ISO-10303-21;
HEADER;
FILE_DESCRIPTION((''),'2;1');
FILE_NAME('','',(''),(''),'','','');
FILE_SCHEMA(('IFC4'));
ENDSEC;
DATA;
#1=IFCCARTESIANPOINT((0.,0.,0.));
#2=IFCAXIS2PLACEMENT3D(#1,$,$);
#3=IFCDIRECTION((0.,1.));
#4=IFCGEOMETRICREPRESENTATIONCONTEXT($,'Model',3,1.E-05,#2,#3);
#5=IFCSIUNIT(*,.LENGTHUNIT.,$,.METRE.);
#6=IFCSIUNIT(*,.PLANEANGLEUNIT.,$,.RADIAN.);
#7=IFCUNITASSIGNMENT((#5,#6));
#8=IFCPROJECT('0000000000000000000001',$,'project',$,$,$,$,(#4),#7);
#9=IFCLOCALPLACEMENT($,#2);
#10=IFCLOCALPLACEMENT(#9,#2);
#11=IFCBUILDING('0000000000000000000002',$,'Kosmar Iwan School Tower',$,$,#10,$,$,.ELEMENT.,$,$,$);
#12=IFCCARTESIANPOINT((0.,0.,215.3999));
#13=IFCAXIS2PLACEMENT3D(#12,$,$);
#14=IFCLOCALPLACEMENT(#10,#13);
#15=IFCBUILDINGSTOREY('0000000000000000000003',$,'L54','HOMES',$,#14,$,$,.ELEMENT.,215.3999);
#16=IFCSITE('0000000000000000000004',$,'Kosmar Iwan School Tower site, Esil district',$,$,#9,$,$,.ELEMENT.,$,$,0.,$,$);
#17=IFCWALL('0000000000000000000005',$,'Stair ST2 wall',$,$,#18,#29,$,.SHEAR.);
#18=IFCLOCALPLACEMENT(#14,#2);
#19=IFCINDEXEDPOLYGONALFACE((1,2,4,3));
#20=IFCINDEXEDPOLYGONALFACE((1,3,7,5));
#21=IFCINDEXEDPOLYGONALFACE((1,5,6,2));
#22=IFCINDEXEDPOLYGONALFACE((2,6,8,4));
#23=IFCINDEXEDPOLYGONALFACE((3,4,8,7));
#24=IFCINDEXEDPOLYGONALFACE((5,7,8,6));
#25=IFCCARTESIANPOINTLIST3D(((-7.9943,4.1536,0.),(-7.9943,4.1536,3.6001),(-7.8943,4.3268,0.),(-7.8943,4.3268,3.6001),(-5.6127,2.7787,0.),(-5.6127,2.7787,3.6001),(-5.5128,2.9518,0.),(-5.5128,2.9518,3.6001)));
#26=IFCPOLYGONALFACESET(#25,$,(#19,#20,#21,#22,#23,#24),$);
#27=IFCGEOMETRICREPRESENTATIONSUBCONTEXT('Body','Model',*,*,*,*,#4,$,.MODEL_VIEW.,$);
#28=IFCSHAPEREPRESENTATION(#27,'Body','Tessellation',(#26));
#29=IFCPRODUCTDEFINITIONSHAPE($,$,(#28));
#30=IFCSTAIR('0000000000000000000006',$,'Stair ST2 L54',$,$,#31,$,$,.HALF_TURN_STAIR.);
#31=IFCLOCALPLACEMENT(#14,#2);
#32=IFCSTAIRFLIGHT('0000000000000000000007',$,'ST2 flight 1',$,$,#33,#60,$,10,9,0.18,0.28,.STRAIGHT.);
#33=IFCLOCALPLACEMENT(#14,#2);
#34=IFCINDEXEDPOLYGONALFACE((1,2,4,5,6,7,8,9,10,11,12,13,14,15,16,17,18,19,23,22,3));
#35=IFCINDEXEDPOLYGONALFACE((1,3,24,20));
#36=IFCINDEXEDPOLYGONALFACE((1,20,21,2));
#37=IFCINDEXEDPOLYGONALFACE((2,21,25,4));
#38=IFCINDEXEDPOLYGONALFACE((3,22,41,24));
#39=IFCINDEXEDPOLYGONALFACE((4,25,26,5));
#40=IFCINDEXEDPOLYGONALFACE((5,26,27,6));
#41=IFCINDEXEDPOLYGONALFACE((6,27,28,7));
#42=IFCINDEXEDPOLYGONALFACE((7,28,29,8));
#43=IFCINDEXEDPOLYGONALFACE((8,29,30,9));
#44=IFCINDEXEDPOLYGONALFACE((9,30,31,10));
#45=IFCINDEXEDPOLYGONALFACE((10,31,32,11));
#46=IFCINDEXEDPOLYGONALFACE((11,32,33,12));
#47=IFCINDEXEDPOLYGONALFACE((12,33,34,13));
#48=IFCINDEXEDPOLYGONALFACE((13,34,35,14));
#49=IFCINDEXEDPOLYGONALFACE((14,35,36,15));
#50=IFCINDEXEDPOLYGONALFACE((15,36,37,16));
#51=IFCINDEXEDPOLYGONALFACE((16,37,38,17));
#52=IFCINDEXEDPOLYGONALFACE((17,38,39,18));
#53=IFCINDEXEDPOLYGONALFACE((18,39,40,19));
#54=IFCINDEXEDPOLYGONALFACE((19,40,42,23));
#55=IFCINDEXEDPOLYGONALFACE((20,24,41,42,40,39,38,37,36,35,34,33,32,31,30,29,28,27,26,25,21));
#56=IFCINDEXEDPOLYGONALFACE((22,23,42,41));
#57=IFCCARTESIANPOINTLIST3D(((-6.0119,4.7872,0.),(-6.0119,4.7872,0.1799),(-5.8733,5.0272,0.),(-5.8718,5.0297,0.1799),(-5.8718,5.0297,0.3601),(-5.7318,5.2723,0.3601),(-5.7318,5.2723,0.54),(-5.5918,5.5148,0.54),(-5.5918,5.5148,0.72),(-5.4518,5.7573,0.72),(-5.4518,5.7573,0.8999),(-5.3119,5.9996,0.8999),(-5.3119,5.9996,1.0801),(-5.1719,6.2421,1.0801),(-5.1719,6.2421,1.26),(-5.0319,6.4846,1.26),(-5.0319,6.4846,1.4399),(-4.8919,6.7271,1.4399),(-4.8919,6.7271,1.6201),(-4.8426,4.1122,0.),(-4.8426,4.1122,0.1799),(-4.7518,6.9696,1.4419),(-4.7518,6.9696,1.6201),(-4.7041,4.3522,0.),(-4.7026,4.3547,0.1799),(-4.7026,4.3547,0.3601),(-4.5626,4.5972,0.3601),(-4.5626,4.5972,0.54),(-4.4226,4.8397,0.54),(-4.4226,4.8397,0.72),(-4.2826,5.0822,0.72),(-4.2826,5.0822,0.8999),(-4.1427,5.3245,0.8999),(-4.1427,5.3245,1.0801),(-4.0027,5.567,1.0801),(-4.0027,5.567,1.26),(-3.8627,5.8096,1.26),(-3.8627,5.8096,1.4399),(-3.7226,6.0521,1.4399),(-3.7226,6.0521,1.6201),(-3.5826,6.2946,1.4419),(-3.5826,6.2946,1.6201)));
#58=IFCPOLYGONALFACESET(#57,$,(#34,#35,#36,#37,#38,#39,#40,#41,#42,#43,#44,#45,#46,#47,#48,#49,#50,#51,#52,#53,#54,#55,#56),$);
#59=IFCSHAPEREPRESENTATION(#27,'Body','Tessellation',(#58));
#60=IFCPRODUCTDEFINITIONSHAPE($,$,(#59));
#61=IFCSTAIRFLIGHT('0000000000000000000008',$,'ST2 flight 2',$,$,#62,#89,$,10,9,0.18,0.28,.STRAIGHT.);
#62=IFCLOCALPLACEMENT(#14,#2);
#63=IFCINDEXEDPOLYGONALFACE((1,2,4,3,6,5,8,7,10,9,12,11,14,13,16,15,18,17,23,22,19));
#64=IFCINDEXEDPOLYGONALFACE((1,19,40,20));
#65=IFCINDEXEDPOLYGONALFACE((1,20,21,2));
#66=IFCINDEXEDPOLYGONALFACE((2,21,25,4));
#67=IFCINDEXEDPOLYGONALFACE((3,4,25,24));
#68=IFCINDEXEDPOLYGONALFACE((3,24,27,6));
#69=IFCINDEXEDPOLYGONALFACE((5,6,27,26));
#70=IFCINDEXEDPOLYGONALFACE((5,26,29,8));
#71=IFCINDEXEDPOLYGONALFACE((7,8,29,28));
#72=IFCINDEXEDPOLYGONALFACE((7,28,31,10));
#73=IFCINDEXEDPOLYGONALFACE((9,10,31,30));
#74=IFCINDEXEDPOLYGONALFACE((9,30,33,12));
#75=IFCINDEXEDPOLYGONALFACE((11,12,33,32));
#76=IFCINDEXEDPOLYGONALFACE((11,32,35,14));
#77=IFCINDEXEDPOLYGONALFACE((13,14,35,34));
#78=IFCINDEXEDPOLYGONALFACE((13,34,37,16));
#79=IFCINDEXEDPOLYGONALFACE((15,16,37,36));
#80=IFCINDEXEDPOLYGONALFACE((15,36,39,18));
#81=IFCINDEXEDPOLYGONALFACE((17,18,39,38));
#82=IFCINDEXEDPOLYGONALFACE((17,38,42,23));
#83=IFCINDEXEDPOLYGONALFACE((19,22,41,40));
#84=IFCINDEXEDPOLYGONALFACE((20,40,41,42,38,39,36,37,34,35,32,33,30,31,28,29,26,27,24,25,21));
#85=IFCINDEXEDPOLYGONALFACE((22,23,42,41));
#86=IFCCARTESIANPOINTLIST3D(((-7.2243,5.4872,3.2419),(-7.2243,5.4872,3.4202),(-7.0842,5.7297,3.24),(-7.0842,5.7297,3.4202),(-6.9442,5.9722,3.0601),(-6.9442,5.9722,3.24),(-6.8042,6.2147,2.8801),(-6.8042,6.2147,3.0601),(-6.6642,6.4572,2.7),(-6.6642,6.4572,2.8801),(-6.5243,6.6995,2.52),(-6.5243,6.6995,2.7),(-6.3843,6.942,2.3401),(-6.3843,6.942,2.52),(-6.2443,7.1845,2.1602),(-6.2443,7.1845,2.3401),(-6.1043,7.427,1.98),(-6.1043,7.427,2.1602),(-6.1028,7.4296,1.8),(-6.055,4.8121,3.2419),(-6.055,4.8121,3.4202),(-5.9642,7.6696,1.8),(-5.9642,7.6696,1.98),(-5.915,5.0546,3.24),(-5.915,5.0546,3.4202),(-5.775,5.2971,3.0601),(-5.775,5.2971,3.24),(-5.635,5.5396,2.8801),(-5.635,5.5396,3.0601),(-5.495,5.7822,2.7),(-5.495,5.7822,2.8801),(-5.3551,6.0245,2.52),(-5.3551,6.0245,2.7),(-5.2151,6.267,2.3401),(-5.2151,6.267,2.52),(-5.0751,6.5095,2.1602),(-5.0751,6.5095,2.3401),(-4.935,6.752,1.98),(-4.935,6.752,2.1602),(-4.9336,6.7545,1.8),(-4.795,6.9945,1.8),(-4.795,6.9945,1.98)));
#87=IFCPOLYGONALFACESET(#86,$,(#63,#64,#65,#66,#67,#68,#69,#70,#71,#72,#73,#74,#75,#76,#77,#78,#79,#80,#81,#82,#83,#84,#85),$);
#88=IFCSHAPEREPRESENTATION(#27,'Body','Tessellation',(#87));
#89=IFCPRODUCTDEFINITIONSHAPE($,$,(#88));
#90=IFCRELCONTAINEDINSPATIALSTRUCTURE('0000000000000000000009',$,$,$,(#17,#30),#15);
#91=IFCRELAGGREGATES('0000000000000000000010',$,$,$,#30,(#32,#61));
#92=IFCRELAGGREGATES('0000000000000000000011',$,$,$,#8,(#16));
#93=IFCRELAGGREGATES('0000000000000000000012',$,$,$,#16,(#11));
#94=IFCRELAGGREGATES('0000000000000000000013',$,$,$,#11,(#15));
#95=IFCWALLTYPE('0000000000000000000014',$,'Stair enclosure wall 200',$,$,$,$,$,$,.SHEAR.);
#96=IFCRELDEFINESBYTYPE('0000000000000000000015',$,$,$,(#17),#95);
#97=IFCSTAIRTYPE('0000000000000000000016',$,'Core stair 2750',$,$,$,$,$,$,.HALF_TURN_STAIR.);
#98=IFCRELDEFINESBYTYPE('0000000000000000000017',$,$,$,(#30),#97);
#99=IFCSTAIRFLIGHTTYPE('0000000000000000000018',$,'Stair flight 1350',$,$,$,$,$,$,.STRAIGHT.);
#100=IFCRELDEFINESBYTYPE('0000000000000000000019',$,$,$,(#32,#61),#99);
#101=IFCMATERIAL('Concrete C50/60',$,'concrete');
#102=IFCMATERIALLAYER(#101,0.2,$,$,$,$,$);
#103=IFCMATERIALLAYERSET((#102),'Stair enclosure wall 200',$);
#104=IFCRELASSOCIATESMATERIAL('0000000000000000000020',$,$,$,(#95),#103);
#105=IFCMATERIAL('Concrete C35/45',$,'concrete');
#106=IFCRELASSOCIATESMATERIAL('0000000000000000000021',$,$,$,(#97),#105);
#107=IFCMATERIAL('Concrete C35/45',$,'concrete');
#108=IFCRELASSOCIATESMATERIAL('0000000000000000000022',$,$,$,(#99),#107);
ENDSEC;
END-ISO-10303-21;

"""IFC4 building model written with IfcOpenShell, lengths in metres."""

from ifc_helpers import new_model, si_unit, direction, frame, frame_2d, origin, place, context, subcontext, project, spatial, polyline, rectangle, outline, extrude, material, layer, layer_set, type_object, element, aggregate, save


model = new_model("IFC4")

# Units and contexts
model_context = context("Model", 3, precision=1e-05, world=origin(), true_north=direction((0.0, 1.0)))
body_context = subcontext(model_context, "Body", "Model", "MODEL_VIEW")
ifc_project = project(units=[si_unit("LENGTHUNIT", "METRE"), si_unit("PLANEANGLEUNIT", "RADIAN")], contexts=[model_context])

# Site, building, storey
site_placement = place(None, origin())
site = spatial("IfcSite", under=ifc_project, at=site_placement, Name="Kosmar Iwan School Tower site, Esil district", CompositionType="ELEMENT", RefElevation=0.0)
building_placement = place(site_placement, origin())
building = spatial("IfcBuilding", under=site, at=building_placement, Name="Kosmar Iwan School Tower", CompositionType="ELEMENT")
storey_placement = place(building_placement, frame((0.0, 0.0, 215.3999)))
storey = spatial("IfcBuildingStorey", under=building, at=storey_placement, Name="L54", Description="HOMES", CompositionType="ELEMENT", Elevation=215.3999)

# Wall
ifc_material_1 = material(Name="Concrete C50/60", Category="concrete")
ifc_layer_1 = layer(ifc_material_1, 0.2)
ifc_layer_set_1 = layer_set([ifc_layer_1], Name="Stair enclosure wall 200")
wall_type_1 = type_object("IfcWallType", Name="Stair enclosure wall 200", PredefinedType="SHEAR", material=ifc_layer_set_1)
wall_1_placement = place(storey_placement, frame((-5.5627, 2.8652, 0.0), z_axis=(0.0, 0.0, 1.0), x_axis=(-0.866027, 0.499997, 0.0)))
element("IfcWall", 1, at=wall_1_placement, inside=storey, type_object=wall_type_1, Name="Stair ST2 wall", PredefinedType="SHEAR", context=body_context, shape_type="SweptSolid", body=[
    extrude(rectangle(XDim=2.75, YDim=0.2, at=frame_2d((1.375, 0.0))), origin(), (0.0, 0.0, 1.0), 3.6001),
])

# Stair, stair flights
ifc_material_2 = material(Name="Concrete C35/45", Category="concrete")
stair_type = type_object("IfcStairType", Name="Core stair 2750", PredefinedType="HALF_TURN_STAIR", material=ifc_material_2)
stair_placement = place(storey_placement, origin())
stair = element("IfcStair", 2, at=stair_placement, inside=storey, type_object=stair_type, Name="Stair ST2 L54", PredefinedType="HALF_TURN_STAIR")
ifc_material_3 = material(Name="Concrete C35/45", Category="concrete")
stair_flight_type = type_object("IfcStairFlightType", Name="Stair flight 1350", PredefinedType="STRAIGHT", material=ifc_material_3)
stair_flight_1_placement = place(storey_placement, frame((-5.4272, 4.4497, 0.0), z_axis=(0.0, 0.0, 1.0), x_axis=(0.5, 0.866025, 0.0)))
stair_flight_1 = element("IfcStairFlight", 3, at=stair_flight_1_placement, type_object=stair_flight_type, Name="ST2 flight 1", NumberOfRisers=10, NumberOfTreads=9, PredefinedType="STRAIGHT", RiserHeight=0.18, TreadLength=0.28, context=body_context, shape_type="SweptSolid", body=[
    extrude(outline(polyline([(0.0, 0.0), (0.0, 0.1799), (0.28, 0.1799), (0.28, 0.3601), (0.5601, 0.3601), (0.5601, 0.54), (0.8401, 0.54), (0.8401, 0.72), (1.1201, 0.72), (1.1201, 0.8999), (1.3999, 0.8999), (1.3999, 1.0801), (1.6799, 1.0801), (1.6799, 1.26), (1.96, 1.26), (1.96, 1.4399), (2.24, 1.4399), (2.24, 1.6201), (2.52, 1.6201), (2.52, 1.8), (2.52, 1.4419), (0.2771, 0.0), (0.0, 0.0)])), frame((0.0, 0.675, 0.0), z_axis=(0.0, -1.0, 0.0), x_axis=(1.0, 0.0, 0.0)), (0.0, 0.0, 1.0), 1.3501),
])
stair_flight_2_placement = place(storey_placement, frame((-5.3796, 7.332, 1.8), z_axis=(0.0, 0.0, 1.0), x_axis=(-0.5, -0.866025, 0.0)))
stair_flight_2 = element("IfcStairFlight", 4, at=stair_flight_2_placement, type_object=stair_flight_type, Name="ST2 flight 2", NumberOfRisers=10, NumberOfTreads=9, PredefinedType="STRAIGHT", RiserHeight=0.18, TreadLength=0.28, context=body_context, shape_type="SweptSolid", body=[
    extrude(outline(polyline([(0.0, 0.0), (0.0, 0.1799), (0.28, 0.1799), (0.28, 0.3601), (0.5601, 0.3601), (0.5601, 0.54), (0.8401, 0.54), (0.8401, 0.72), (1.1201, 0.72), (1.1201, 0.8999), (1.3999, 0.8999), (1.3999, 1.0801), (1.6799, 1.0801), (1.6799, 1.26), (1.96, 1.26), (1.96, 1.4399), (2.24, 1.4399), (2.24, 1.6201), (2.52, 1.6201), (2.52, 1.8), (2.52, 1.4419), (0.2771, 0.0), (0.0, 0.0)])), frame((0.0, 0.675, 0.0), z_axis=(0.0, -1.0, 0.0), x_axis=(1.0, 0.0, 0.0)), (0.0, 0.0, 1.0), 1.3501),
])
aggregate(stair, [stair_flight_1, stair_flight_2])

save(model, "model.ifc")
